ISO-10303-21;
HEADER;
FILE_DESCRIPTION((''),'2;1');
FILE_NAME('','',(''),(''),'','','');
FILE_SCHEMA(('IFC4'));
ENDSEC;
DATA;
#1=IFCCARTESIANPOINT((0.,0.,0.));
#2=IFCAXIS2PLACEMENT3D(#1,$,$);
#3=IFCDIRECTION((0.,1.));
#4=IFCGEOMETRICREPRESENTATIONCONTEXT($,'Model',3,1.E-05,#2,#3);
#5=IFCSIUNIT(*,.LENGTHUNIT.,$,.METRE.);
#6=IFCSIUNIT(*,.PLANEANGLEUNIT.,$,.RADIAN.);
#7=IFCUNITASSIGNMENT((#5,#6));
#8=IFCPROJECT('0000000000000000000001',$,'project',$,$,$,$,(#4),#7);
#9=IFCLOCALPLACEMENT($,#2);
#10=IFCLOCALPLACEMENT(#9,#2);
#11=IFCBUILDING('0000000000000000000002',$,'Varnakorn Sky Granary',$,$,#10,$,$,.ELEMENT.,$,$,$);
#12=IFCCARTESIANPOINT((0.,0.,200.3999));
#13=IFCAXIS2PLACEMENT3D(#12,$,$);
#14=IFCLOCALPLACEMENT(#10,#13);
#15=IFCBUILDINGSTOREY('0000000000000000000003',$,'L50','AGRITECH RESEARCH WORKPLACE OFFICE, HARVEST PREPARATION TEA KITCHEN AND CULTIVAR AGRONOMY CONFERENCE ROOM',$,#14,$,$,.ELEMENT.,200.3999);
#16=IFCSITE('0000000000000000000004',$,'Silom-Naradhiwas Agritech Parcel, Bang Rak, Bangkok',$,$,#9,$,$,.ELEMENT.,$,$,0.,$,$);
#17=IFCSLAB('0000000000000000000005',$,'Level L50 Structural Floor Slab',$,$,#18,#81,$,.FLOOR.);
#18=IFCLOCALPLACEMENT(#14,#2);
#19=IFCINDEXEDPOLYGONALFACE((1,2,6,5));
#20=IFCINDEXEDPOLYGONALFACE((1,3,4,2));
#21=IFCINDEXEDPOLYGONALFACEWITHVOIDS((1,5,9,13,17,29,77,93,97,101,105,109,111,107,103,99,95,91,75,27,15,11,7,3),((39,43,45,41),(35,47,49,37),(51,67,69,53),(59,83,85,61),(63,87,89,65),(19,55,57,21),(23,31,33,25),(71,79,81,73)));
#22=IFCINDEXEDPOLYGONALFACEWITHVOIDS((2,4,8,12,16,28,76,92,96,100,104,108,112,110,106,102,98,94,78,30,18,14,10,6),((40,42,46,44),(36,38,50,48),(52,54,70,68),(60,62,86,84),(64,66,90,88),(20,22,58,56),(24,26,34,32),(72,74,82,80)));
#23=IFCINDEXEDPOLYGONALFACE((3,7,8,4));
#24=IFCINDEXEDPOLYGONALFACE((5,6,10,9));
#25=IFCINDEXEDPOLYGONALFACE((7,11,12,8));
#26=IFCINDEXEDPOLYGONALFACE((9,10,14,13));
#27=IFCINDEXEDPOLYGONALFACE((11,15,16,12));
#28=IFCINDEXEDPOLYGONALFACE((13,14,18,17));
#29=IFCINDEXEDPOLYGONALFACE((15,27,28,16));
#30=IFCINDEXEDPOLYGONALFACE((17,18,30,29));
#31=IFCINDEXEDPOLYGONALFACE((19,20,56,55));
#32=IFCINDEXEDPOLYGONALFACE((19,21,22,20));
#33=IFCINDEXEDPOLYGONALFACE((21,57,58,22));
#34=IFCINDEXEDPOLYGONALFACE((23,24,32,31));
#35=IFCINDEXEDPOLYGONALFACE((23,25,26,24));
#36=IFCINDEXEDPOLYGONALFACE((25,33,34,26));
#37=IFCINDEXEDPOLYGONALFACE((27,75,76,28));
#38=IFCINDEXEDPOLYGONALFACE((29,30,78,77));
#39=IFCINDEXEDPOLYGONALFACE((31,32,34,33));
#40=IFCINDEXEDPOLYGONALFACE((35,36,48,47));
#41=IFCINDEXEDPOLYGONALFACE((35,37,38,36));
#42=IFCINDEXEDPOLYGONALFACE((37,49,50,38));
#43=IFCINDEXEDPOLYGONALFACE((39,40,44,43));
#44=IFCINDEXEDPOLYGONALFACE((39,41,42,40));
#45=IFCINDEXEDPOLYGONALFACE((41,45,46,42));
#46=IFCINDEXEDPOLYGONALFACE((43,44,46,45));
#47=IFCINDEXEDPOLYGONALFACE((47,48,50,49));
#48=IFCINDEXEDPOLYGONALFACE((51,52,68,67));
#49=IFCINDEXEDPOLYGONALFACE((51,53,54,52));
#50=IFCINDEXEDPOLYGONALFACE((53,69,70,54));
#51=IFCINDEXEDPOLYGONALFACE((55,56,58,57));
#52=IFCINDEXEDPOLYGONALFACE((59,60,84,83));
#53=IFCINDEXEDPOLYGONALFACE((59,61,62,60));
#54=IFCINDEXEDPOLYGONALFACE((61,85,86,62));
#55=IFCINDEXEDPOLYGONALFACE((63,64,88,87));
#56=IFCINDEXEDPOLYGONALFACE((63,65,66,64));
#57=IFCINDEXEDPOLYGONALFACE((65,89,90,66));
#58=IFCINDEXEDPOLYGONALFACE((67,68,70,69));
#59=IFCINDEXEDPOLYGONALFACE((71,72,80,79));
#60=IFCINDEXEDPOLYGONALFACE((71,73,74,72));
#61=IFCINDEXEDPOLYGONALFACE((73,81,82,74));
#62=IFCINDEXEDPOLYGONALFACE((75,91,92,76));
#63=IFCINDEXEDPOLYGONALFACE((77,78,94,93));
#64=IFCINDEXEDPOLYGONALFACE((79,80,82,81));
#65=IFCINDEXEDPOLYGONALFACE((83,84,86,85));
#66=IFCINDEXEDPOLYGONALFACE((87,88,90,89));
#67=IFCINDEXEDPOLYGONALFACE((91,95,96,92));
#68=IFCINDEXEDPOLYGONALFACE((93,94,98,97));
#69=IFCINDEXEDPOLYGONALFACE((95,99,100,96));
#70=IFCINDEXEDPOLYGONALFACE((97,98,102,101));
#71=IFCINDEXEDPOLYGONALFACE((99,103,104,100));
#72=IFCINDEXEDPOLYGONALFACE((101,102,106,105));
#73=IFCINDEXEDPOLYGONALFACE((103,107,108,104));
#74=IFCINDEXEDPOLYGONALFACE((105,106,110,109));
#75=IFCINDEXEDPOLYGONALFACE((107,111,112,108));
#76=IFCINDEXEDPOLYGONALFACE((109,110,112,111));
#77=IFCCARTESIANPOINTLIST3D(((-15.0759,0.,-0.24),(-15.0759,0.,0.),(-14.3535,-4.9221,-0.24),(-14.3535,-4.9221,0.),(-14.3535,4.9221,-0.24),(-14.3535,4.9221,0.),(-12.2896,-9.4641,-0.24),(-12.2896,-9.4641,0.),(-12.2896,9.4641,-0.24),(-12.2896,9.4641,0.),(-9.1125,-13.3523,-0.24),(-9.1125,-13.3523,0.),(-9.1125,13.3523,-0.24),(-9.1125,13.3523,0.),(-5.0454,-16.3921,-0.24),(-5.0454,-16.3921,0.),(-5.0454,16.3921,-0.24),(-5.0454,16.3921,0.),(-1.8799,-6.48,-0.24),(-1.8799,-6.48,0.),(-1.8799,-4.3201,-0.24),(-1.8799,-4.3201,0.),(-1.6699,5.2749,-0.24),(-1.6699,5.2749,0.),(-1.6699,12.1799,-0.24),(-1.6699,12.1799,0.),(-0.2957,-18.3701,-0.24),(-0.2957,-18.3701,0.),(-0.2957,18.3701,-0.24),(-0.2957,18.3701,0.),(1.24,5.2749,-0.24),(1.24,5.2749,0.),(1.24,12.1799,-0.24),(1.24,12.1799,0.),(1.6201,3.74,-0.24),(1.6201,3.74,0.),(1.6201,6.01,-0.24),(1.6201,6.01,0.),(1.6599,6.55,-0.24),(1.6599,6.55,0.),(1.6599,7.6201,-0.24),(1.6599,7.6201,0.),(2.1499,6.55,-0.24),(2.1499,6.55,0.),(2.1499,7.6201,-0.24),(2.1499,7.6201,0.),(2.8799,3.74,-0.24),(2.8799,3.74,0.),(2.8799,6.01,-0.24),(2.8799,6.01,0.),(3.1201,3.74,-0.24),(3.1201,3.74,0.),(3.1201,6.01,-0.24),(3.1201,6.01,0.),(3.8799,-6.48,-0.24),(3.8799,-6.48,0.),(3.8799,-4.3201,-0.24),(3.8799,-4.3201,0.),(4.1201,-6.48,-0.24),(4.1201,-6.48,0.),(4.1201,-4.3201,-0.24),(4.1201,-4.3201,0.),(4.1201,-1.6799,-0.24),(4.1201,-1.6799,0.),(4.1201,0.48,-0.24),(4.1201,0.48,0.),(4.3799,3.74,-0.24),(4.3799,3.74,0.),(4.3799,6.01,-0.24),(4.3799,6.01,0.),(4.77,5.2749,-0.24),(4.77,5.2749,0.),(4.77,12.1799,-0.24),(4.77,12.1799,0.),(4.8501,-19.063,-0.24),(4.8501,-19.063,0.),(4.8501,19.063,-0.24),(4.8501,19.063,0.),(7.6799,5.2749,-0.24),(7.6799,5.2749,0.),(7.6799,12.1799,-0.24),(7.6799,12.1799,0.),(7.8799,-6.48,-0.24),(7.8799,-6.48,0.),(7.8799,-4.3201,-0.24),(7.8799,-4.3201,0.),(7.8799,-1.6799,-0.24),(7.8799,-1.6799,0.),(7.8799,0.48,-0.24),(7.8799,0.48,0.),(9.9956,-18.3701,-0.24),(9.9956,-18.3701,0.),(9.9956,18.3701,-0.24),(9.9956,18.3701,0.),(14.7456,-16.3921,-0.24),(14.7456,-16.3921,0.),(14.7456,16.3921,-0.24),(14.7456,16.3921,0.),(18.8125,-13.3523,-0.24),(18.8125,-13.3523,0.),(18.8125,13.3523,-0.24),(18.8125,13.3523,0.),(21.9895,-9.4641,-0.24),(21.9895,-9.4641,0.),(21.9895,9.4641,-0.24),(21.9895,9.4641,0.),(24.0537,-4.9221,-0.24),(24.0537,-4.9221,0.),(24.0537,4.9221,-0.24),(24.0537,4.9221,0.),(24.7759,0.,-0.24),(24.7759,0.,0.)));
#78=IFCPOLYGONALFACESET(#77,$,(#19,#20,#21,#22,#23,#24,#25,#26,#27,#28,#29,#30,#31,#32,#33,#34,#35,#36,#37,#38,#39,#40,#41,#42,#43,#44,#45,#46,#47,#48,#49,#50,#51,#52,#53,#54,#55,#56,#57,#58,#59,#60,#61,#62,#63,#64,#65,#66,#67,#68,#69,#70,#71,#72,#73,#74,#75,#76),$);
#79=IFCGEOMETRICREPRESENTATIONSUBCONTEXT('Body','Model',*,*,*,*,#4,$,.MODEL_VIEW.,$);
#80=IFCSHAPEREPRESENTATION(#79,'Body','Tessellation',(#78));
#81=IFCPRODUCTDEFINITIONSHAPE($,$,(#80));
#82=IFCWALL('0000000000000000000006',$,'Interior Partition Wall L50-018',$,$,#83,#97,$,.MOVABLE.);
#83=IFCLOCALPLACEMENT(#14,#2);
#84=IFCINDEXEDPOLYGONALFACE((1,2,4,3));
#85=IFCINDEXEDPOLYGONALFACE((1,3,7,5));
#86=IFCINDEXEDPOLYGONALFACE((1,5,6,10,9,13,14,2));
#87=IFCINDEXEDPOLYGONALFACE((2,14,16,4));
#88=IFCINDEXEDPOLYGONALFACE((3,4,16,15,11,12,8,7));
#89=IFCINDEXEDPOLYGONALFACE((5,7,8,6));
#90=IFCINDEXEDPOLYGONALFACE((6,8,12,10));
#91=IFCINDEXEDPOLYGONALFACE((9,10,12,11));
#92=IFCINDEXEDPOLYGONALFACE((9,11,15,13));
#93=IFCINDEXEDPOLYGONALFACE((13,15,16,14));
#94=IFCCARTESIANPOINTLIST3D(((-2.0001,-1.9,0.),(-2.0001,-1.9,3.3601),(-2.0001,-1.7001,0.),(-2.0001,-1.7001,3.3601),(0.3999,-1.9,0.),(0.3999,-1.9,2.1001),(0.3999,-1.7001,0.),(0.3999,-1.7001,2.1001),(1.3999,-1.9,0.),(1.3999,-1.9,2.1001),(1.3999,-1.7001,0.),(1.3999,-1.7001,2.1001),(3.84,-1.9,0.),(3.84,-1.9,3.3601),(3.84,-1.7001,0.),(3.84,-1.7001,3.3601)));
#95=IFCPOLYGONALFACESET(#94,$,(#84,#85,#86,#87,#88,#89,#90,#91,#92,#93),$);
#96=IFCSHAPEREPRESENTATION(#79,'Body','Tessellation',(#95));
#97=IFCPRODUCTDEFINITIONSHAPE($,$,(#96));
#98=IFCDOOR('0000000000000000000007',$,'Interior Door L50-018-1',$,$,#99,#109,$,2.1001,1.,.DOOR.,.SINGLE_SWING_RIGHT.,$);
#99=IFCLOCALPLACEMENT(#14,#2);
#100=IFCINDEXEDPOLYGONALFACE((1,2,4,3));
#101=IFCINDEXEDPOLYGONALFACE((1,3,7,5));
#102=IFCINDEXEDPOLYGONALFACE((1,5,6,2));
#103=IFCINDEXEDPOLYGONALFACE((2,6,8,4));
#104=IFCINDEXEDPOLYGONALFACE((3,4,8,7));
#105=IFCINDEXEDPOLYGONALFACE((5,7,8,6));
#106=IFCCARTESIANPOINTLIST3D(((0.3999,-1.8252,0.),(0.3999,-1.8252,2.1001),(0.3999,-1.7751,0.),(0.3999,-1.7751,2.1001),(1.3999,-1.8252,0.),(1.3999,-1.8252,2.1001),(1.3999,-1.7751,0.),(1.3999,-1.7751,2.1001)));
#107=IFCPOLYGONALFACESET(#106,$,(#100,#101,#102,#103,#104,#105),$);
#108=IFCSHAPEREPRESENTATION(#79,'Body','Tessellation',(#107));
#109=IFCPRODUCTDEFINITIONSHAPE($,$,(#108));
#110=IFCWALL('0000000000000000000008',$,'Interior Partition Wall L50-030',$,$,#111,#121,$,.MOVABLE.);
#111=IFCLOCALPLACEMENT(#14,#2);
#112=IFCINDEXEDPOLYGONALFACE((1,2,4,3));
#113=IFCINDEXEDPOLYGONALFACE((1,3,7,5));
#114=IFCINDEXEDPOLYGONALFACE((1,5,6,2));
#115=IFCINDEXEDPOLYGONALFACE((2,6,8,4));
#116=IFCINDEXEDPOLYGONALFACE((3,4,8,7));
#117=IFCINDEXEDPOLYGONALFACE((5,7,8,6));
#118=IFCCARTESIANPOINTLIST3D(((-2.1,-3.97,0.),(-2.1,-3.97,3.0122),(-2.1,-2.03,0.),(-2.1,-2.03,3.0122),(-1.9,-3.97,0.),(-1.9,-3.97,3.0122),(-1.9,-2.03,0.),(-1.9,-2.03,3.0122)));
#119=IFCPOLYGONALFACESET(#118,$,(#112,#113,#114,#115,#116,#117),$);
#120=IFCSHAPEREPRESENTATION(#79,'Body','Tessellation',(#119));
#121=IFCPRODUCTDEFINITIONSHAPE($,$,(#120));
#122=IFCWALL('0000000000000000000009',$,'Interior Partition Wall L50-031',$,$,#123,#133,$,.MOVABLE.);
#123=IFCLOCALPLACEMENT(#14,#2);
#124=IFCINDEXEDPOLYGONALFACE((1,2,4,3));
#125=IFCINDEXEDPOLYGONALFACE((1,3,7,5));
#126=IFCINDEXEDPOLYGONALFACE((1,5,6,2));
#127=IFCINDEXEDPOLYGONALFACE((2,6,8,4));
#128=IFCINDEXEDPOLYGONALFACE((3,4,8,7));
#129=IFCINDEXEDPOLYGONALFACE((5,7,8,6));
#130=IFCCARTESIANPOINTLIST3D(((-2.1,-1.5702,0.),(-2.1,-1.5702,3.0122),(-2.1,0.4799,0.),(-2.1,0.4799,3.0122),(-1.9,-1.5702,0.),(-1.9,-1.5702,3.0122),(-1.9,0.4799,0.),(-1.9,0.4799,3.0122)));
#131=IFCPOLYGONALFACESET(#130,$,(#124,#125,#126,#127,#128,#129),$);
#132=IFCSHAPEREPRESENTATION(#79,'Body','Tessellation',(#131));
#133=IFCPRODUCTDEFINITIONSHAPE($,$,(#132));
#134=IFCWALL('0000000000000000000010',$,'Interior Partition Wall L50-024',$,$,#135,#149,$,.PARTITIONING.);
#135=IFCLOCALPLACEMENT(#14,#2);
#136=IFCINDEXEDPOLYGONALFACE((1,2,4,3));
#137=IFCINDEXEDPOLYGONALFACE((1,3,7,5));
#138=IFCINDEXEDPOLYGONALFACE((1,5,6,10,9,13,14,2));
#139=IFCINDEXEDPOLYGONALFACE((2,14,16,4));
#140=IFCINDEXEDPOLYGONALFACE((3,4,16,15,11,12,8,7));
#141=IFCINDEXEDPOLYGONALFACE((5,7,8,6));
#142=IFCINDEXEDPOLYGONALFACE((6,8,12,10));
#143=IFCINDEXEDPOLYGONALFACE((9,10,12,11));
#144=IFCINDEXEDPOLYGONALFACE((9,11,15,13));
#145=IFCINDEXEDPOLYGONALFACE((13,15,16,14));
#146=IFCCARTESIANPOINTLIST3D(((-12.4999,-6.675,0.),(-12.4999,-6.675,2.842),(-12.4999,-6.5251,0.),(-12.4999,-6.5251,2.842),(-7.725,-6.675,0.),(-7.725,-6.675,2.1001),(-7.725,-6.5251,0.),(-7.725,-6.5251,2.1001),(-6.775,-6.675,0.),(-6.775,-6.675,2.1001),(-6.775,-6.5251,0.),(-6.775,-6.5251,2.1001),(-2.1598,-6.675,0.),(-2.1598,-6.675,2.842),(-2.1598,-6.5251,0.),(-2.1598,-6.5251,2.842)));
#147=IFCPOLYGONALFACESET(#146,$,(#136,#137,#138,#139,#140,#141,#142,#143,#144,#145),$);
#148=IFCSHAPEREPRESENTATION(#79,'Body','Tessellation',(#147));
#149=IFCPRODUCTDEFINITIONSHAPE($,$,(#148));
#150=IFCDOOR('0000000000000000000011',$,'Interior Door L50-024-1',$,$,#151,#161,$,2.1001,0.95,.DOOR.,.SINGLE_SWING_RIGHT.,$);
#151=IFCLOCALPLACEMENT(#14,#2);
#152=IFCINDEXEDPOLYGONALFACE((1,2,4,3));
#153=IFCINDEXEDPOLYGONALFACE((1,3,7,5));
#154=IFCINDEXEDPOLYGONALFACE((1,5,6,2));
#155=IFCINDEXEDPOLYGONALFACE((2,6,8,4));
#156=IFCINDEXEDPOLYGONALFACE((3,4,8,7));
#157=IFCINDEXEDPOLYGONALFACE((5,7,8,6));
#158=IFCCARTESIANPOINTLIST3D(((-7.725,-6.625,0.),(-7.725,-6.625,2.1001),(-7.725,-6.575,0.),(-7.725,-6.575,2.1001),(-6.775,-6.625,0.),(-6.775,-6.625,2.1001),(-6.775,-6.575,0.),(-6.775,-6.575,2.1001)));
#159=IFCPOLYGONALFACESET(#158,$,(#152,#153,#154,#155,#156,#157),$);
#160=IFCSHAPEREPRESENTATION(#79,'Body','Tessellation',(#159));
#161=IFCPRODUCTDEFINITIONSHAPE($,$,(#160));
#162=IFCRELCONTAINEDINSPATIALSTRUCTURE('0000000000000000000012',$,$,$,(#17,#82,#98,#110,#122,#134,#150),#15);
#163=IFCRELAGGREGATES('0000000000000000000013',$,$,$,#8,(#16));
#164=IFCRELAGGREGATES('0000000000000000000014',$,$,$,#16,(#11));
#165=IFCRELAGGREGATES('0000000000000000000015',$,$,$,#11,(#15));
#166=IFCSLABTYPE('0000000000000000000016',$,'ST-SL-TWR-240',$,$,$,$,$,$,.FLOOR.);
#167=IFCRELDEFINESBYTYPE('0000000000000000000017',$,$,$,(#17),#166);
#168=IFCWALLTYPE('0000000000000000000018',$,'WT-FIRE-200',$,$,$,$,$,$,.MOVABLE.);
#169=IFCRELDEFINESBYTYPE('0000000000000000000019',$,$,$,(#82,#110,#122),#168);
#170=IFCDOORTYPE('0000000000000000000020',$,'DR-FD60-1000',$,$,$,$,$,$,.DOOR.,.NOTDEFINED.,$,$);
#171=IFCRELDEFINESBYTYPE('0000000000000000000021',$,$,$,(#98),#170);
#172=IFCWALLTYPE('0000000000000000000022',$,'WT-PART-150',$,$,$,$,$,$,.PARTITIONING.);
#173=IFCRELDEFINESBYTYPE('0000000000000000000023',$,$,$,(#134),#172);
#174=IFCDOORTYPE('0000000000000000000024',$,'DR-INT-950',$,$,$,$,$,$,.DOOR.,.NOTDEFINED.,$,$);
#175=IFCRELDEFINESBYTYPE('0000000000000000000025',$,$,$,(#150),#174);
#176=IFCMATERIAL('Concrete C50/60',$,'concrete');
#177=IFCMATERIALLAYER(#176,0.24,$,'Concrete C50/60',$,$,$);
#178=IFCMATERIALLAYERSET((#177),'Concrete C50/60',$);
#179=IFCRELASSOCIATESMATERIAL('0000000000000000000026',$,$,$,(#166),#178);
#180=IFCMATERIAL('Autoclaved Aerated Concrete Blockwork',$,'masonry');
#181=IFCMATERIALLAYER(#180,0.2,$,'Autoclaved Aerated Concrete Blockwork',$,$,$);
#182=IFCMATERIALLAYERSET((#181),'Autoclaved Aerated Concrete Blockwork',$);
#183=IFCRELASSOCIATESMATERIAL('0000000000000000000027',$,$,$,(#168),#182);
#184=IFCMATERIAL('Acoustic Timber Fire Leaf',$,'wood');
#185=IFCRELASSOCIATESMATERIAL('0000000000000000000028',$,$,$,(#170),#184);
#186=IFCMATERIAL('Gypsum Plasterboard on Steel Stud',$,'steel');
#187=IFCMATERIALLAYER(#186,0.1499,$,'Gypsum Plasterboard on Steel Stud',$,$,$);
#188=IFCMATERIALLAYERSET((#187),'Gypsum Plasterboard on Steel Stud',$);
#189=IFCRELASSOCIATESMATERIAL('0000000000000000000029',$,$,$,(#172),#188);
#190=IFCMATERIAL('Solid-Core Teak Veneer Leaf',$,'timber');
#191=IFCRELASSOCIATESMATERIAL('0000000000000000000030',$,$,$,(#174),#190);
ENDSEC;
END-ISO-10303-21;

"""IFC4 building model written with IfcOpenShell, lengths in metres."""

from ifc_helpers import new_model, si_unit, direction, frame, frame_2d, origin, place, context, subcontext, project, spatial, polyline, rectangle, outline, extrude, material, layer, layer_set, type_object, element, fill, save


model = new_model("IFC4")

# Units and contexts
model_context = context("Model", 3, precision=1e-05, world=origin(), true_north=direction((0.0, 1.0)))
body_context = subcontext(model_context, "Body", "Model", "MODEL_VIEW")
ifc_project = project(units=[si_unit("LENGTHUNIT", "METRE"), si_unit("PLANEANGLEUNIT", "RADIAN")], contexts=[model_context])

# Site, building, storey
site_placement = place(None, origin())
site = spatial("IfcSite", under=ifc_project, at=site_placement, Name="Silom-Naradhiwas Agritech Parcel, Bang Rak, Bangkok", CompositionType="ELEMENT", RefElevation=0.0)
building_placement = place(site_placement, origin())
building = spatial("IfcBuilding", under=site, at=building_placement, Name="Varnakorn Sky Granary", CompositionType="ELEMENT")
storey_placement = place(building_placement, frame((0.0, 0.0, 200.3999)))
storey = spatial("IfcBuildingStorey", under=building, at=storey_placement, Name="L50", Description="AGRITECH RESEARCH WORKPLACE OFFICE, HARVEST PREPARATION TEA KITCHEN AND CULTIVAR AGRONOMY CONFERENCE ROOM", CompositionType="ELEMENT", Elevation=200.3999)

# Shared definitions
ifc_material_1 = material(Name="Concrete C50/60", Category="concrete")

# Slab
ifc_layer_1 = layer(ifc_material_1, 0.24, Name="Concrete C50/60")
ifc_layer_set_1 = layer_set([ifc_layer_1], Name="Concrete C50/60")
slab_type_1 = type_object("IfcSlabType", Name="ST-SL-TWR-240", PredefinedType="FLOOR", material=ifc_layer_set_1)
slab_1_placement = place(storey_placement, frame((0.0, 0.0, -0.24)))
element("IfcSlab", 1, at=slab_1_placement, inside=storey, type_object=slab_type_1, Name="Level L50 Structural Floor Slab", PredefinedType="FLOOR", context=body_context, shape_type="SweptSolid", body=[
    extrude(outline(polyline([(24.7759, 0.0), (24.0537, 4.9221), (21.9895, 9.4641), (18.8125, 13.3523), (14.7456, 16.3921), (9.9956, 18.3701), (4.8501, 19.063), (-0.2957, 18.3701), (-5.0454, 16.3921), (-9.1125, 13.3523), (-12.2896, 9.4641), (-14.3535, 4.9221), (-15.0759, 0.0), (-14.3535, -4.9221), (-12.2896, -9.4641), (-9.1125, -13.3523), (-5.0454, -16.3921), (-0.2957, -18.3701), (4.8501, -19.063), (9.9956, -18.3701), (14.7456, -16.3921), (18.8125, -13.3523), (21.9895, -9.4641), (24.0537, -4.9221), (24.7759, 0.0)]), holes=[polyline([(1.24, 5.2749), (1.24, 12.1799), (-1.6699, 12.1799), (-1.6699, 5.2749), (1.24, 5.2749)]), polyline([(7.6799, 5.2749), (7.6799, 12.1799), (4.77, 12.1799), (4.77, 5.2749), (7.6799, 5.2749)]), polyline([(1.6599, 6.55), (2.1499, 6.55), (2.1499, 7.6201), (1.6599, 7.6201), (1.6599, 6.55)]), polyline([(1.6201, 3.74), (2.8799, 3.74), (2.8799, 6.01), (1.6201, 6.01), (1.6201, 3.74)]), polyline([(3.1201, 3.74), (4.3799, 3.74), (4.3799, 6.01), (3.1201, 6.01), (3.1201, 3.74)]), polyline([(4.1201, -1.6799), (7.8799, -1.6799), (7.8799, 0.48), (4.1201, 0.48), (4.1201, -1.6799)]), polyline([(-1.8799, -6.48), (3.8799, -6.48), (3.8799, -4.3201), (-1.8799, -4.3201), (-1.8799, -6.48)]), polyline([(4.1201, -6.48), (7.8799, -6.48), (7.8799, -4.3201), (4.1201, -4.3201), (4.1201, -6.48)])]), origin(), (0.0, 0.0, 1.0), 0.24),
])

# Wall, opening, door
ifc_material_2 = material(Name="Autoclaved Aerated Concrete Blockwork", Category="masonry")
ifc_layer_2 = layer(ifc_material_2, 0.2, Name="Autoclaved Aerated Concrete Blockwork")
ifc_layer_set_2 = layer_set([ifc_layer_2], Name="Autoclaved Aerated Concrete Blockwork")
wall_type_1 = type_object("IfcWallType", Name="WT-FIRE-200", PredefinedType="MOVABLE", material=ifc_layer_set_2)
wall_1_placement = place(storey_placement, frame((-2.0, -1.8, 0.0), z_axis=(0.0, 0.0, 1.0), x_axis=(1.0, 0.0, 0.0)))
wall_1 = element("IfcWall", 2, at=wall_1_placement, inside=storey, type_object=wall_type_1, Name="Interior Partition Wall L50-018", PredefinedType="MOVABLE", context=body_context, shape_type="SweptSolid", body=[
    extrude(rectangle(XDim=5.8401, YDim=0.2, at=frame_2d((2.9199, 0.0))), origin(), (0.0, 0.0, 1.0), 3.3601),
])
opening_1_placement = place(wall_1_placement, frame((2.3999, 0.0, 0.0)))
opening_1 = element("IfcOpeningElement", 3, at=opening_1_placement, cuts=wall_1, PredefinedType="OPENING", context=body_context, shape_type="SweptSolid", body=[
    extrude(rectangle(XDim=1.0, YDim=2.1001, at=frame_2d((0.5, 1.05))), frame((0.0, 0.1099, 0.0), z_axis=(0.0, -1.0, 0.0), x_axis=(1.0, 0.0, 0.0)), (0.0, 0.0, 1.0), 0.22),
])
ifc_material_3 = material(Name="Acoustic Timber Fire Leaf", Category="wood")
door_type_1 = type_object("IfcDoorType", Name="DR-FD60-1000", OperationType="NOTDEFINED", PredefinedType="DOOR", material=ifc_material_3)
door_1_placement = place(opening_1_placement, origin())
door_1 = element("IfcDoor", 4, at=door_1_placement, inside=storey, type_object=door_type_1, Name="Interior Door L50-018-1", OperationType="SINGLE_SWING_RIGHT", OverallHeight=2.1001, OverallWidth=1.0, PredefinedType="DOOR", context=body_context, shape_type="SweptSolid", body=[
    extrude(rectangle(XDim=1.0, YDim=2.1001, at=frame_2d((0.5, 1.05))), frame((0.0, 0.0249, 0.0), z_axis=(0.0, -1.0, 0.0), x_axis=(1.0, 0.0, 0.0)), (0.0, 0.0, 1.0), 0.05),
])
fill(opening_1, door_1)

# Walls
wall_2_placement = place(storey_placement, frame((-2.0, -3.97, 0.0), z_axis=(0.0, 0.0, 1.0), x_axis=(0.0, 1.0, 0.0)))
element("IfcWall", 5, at=wall_2_placement, inside=storey, type_object=wall_type_1, Name="Interior Partition Wall L50-030", PredefinedType="MOVABLE", context=body_context, shape_type="SweptSolid", body=[
    extrude(rectangle(XDim=1.9399, YDim=0.2, at=frame_2d((0.97, 0.0))), origin(), (0.0, 0.0, 1.0), 3.0122),
])
wall_3_placement = place(storey_placement, frame((-2.0, -1.5701, 0.0), z_axis=(0.0, 0.0, 1.0), x_axis=(0.0, 1.0, 0.0)))
element("IfcWall", 6, at=wall_3_placement, inside=storey, type_object=wall_type_1, Name="Interior Partition Wall L50-031", PredefinedType="MOVABLE", context=body_context, shape_type="SweptSolid", body=[
    extrude(rectangle(XDim=2.05, YDim=0.2, at=frame_2d((1.0249, 0.0))), origin(), (0.0, 0.0, 1.0), 3.0122),
])

# Wall, opening, door
ifc_material_4 = material(Name="Gypsum Plasterboard on Steel Stud", Category="steel")
ifc_layer_3 = layer(ifc_material_4, 0.1499, Name="Gypsum Plasterboard on Steel Stud")
ifc_layer_set_3 = layer_set([ifc_layer_3], Name="Gypsum Plasterboard on Steel Stud")
wall_type_2 = type_object("IfcWallType", Name="WT-PART-150", PredefinedType="PARTITIONING", material=ifc_layer_set_3)
wall_4_placement = place(storey_placement, frame((-2.1599, -6.6001, 0.0), z_axis=(0.0, 0.0, 1.0), x_axis=(-1.0, 0.0, 0.0)))
wall_4 = element("IfcWall", 7, at=wall_4_placement, inside=storey, type_object=wall_type_2, Name="Interior Partition Wall L50-024", PredefinedType="PARTITIONING", context=body_context, shape_type="SweptSolid", body=[
    extrude(rectangle(XDim=10.3401, YDim=0.1499, at=frame_2d((5.1699, 0.0))), origin(), (0.0, 0.0, 1.0), 2.842),
])
opening_2_placement = place(wall_4_placement, frame((4.615, 0.0, 0.0)))
opening_2 = element("IfcOpeningElement", 8, at=opening_2_placement, cuts=wall_4, PredefinedType="OPENING", context=body_context, shape_type="SweptSolid", body=[
    extrude(rectangle(XDim=0.95, YDim=2.1001, at=frame_2d((0.4751, 1.05))), frame((0.0, 0.085, 0.0), z_axis=(0.0, -1.0, 0.0), x_axis=(1.0, 0.0, 0.0)), (0.0, 0.0, 1.0), 0.1699),
])
ifc_material_5 = material(Name="Solid-Core Teak Veneer Leaf", Category="timber")
door_type_2 = type_object("IfcDoorType", Name="DR-INT-950", OperationType="NOTDEFINED", PredefinedType="DOOR", material=ifc_material_5)
door_2_placement = place(opening_2_placement, origin())
door_2 = element("IfcDoor", 9, at=door_2_placement, inside=storey, type_object=door_type_2, Name="Interior Door L50-024-1", OperationType="SINGLE_SWING_RIGHT", OverallHeight=2.1001, OverallWidth=0.95, PredefinedType="DOOR", context=body_context, shape_type="SweptSolid", body=[
    extrude(rectangle(XDim=0.95, YDim=2.1001, at=frame_2d((0.4751, 1.05))), frame((0.0, 0.0249, 0.0), z_axis=(0.0, -1.0, 0.0), x_axis=(1.0, 0.0, 0.0)), (0.0, 0.0, 1.0), 0.05),
])
fill(opening_2, door_2)

save(model, "model.ifc")
